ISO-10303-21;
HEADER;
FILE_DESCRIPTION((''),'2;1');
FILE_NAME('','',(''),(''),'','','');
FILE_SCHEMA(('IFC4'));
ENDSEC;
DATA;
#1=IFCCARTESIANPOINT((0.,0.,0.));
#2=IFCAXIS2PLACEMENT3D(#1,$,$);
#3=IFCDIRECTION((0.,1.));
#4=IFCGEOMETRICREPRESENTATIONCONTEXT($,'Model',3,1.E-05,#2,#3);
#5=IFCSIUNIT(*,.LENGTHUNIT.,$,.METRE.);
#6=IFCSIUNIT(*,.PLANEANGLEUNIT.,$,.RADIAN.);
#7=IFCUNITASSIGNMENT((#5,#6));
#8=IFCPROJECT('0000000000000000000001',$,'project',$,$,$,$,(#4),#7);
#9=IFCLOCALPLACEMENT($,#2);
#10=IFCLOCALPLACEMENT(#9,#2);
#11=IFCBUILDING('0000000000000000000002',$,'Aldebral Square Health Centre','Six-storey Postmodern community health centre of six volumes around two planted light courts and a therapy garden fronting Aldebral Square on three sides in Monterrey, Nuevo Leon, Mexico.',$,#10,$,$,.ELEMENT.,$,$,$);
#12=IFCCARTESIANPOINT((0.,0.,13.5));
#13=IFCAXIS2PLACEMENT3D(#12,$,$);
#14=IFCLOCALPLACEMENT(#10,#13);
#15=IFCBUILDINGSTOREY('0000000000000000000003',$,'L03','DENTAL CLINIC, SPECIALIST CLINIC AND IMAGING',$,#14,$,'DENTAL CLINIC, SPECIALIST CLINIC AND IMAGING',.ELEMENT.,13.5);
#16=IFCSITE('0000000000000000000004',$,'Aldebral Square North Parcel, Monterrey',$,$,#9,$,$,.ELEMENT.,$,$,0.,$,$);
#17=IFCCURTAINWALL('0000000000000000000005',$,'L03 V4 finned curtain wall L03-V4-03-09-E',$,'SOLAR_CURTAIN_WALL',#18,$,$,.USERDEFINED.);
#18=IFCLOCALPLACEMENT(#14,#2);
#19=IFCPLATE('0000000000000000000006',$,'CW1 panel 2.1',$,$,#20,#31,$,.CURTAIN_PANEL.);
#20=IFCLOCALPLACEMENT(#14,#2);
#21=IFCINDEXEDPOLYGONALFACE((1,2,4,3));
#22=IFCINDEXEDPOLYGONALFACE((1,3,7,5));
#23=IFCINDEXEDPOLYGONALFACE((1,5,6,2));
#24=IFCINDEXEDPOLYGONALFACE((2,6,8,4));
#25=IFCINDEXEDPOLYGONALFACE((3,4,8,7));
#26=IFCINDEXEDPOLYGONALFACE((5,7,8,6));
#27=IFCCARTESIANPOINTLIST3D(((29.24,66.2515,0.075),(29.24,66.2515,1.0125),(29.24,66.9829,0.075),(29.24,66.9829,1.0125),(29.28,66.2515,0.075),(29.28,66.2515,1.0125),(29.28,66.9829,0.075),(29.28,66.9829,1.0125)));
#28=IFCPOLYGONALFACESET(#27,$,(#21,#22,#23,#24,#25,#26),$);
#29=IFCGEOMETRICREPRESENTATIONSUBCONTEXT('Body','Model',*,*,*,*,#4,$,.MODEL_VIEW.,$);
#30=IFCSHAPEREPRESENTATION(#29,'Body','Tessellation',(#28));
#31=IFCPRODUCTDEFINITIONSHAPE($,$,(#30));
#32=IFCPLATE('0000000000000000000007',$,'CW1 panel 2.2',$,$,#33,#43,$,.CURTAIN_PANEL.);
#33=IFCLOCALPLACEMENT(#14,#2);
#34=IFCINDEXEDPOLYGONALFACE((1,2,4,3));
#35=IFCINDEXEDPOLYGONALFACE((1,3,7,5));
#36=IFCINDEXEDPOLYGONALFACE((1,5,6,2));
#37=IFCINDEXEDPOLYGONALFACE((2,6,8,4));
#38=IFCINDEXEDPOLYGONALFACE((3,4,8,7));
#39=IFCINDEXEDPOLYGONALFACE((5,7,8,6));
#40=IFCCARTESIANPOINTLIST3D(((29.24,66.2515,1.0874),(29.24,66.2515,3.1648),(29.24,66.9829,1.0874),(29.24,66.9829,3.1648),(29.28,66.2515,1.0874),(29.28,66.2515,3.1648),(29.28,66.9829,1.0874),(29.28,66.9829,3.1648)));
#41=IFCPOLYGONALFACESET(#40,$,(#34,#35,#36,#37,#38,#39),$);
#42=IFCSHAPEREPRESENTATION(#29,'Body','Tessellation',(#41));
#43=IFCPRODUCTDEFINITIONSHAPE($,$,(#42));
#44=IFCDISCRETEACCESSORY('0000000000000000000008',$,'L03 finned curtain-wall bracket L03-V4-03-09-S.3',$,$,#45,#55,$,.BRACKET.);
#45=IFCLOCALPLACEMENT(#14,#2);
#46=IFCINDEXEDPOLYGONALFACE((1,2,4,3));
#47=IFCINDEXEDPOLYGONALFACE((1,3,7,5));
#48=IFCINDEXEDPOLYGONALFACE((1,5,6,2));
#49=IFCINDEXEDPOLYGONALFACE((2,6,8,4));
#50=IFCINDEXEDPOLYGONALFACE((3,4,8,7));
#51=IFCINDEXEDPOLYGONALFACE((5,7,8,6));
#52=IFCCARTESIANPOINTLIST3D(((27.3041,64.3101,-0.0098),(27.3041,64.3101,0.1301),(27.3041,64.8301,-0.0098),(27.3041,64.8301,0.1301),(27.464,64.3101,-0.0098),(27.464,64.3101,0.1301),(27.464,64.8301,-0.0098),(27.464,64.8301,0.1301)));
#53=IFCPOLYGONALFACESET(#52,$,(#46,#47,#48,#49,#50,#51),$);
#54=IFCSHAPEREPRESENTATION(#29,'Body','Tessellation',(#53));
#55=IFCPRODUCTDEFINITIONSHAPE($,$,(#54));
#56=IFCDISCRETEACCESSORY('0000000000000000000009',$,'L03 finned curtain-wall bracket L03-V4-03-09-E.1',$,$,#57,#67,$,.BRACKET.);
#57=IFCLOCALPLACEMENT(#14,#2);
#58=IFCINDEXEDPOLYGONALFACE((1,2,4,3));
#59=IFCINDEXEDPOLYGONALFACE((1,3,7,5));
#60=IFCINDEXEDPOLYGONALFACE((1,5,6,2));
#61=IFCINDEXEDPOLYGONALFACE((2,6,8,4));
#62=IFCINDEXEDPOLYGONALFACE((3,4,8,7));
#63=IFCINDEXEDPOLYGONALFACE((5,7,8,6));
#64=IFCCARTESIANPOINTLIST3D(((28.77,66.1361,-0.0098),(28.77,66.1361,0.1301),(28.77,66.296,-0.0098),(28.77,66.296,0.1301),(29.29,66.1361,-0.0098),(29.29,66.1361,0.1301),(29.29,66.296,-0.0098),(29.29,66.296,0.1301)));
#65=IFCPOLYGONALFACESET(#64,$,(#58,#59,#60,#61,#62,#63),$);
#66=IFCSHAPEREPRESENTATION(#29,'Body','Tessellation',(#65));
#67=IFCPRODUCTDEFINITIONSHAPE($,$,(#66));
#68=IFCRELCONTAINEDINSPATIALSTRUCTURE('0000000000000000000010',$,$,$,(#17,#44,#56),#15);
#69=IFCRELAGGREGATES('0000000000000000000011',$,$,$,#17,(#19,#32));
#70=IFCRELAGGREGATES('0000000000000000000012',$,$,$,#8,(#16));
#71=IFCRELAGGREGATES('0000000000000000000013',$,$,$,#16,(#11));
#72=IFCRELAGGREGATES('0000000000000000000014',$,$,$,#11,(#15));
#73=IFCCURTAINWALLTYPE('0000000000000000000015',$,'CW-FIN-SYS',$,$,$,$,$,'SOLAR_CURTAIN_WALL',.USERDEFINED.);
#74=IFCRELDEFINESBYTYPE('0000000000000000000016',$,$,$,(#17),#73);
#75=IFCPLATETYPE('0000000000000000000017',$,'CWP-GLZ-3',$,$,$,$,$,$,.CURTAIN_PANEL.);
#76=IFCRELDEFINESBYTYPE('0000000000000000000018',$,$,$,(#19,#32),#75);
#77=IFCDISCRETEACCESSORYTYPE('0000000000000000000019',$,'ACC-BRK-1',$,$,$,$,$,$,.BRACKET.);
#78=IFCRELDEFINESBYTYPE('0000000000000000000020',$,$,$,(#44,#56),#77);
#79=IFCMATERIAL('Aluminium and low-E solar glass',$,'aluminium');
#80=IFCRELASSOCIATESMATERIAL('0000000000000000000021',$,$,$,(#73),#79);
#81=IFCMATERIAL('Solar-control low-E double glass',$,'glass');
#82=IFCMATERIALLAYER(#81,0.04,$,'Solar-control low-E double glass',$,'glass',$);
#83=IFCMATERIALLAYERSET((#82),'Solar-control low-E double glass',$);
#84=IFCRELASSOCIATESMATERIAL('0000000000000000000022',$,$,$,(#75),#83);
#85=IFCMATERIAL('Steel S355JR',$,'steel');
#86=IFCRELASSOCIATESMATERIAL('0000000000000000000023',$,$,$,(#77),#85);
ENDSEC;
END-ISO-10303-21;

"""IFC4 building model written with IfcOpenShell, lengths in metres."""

from ifc_helpers import new_model, si_unit, direction, frame, origin, origin_2d, place, context, subcontext, project, spatial, rectangle, extrude, material, layer, layer_set, type_object, element, aggregate, save


model = new_model("IFC4")

# Units and contexts
model_context = context("Model", 3, precision=1e-05, world=origin(), true_north=direction((0.0, 1.0)))
body_context = subcontext(model_context, "Body", "Model", "MODEL_VIEW")
ifc_project = project(units=[si_unit("LENGTHUNIT", "METRE"), si_unit("PLANEANGLEUNIT", "RADIAN")], contexts=[model_context])

# Site, building, storey
site_placement = place(None, origin())
site = spatial("IfcSite", under=ifc_project, at=site_placement, Name="Aldebral Square North Parcel, Monterrey", CompositionType="ELEMENT", RefElevation=0.0)
building_placement = place(site_placement, origin())
building = spatial("IfcBuilding", under=site, at=building_placement, Name="Aldebral Square Health Centre", Description="Six-storey Postmodern community health centre of six volumes around two planted light courts and a therapy garden fronting Aldebral Square on three sides in Monterrey, Nuevo Leon, Mexico.", CompositionType="ELEMENT")
storey_placement = place(building_placement, frame((0.0, 0.0, 13.5)))
storey = spatial("IfcBuildingStorey", under=building, at=storey_placement, Name="L03", Description="DENTAL CLINIC, SPECIALIST CLINIC AND IMAGING", LongName="DENTAL CLINIC, SPECIALIST CLINIC AND IMAGING", CompositionType="ELEMENT", Elevation=13.5)

# Curtain wall
ifc_material_1 = material(Name="Aluminium and low-E solar glass", Category="aluminium")
curtain_wall_type = type_object("IfcCurtainWallType", Name="CW-FIN-SYS", ElementType="SOLAR_CURTAIN_WALL", PredefinedType="USERDEFINED", material=ifc_material_1)
curtain_wall_1_placement = place(storey_placement, origin())
curtain_wall_1 = element("IfcCurtainWall", 1, at=curtain_wall_1_placement, inside=storey, type_object=curtain_wall_type, Name="L03 V4 finned curtain wall L03-V4-03-09-E", ObjectType="SOLAR_CURTAIN_WALL", PredefinedType="USERDEFINED")

# Plates
ifc_material_2 = material(Name="Solar-control low-E double glass", Category="glass")
ifc_layer_1 = layer(ifc_material_2, 0.04, Name="Solar-control low-E double glass", Category="glass")
ifc_layer_set_1 = layer_set([ifc_layer_1], Name="Solar-control low-E double glass")
plate_type_1 = type_object("IfcPlateType", Name="CWP-GLZ-3", PredefinedType="CURTAIN_PANEL", material=ifc_layer_set_1)
plate_1_placement = place(storey_placement, frame((29.26, 66.6172, 0.075), z_axis=(0.0, 0.0, 1.0), x_axis=(0.0, 1.0, 0.0)))
plate_1 = element("IfcPlate", 2, at=plate_1_placement, type_object=plate_type_1, Name="CW1 panel 2.1", PredefinedType="CURTAIN_PANEL", context=body_context, shape_type="SweptSolid", body=[
    extrude(rectangle(XDim=0.7314, YDim=0.04, at=origin_2d()), origin(), (0.0, 0.0, 1.0), 0.9375),
])
plate_2_placement = place(storey_placement, frame((29.26, 66.6172, 1.0874), z_axis=(0.0, 0.0, 1.0), x_axis=(0.0, 1.0, 0.0)))
plate_2 = element("IfcPlate", 3, at=plate_2_placement, type_object=plate_type_1, Name="CW1 panel 2.2", PredefinedType="CURTAIN_PANEL", context=body_context, shape_type="SweptSolid", body=[
    extrude(rectangle(XDim=0.7314, YDim=0.04, at=origin_2d()), origin(), (0.0, 0.0, 1.0), 2.0774),
])
aggregate(curtain_wall_1, [plate_1, plate_2])

# Discrete accessories
ifc_material_3 = material(Name="Steel S355JR", Category="steel")
discrete_accessory_type = type_object("IfcDiscreteAccessoryType", Name="ACC-BRK-1", PredefinedType="BRACKET", material=ifc_material_3)
for number, where, z_axis, x_axis, name in (
    (4, (27.384, 64.5701, -0.0098), (0.0, 0.0, 1.0), (1.0, 0.0, 0.0), "L03 finned curtain-wall bracket L03-V4-03-09-S.3"),
    (5, (29.03, 66.2161, -0.0098), (0.0, 0.0, 1.0), (0.0, 1.0, 0.0), "L03 finned curtain-wall bracket L03-V4-03-09-E.1"),
):
    element("IfcDiscreteAccessory", number, at=place(storey_placement, frame(where, z_axis=z_axis, x_axis=x_axis)), inside=storey, type_object=discrete_accessory_type, Name=name, PredefinedType="BRACKET", context=body_context, shape_type="SweptSolid", body=[
        extrude(rectangle(XDim=0.1599, YDim=0.52, at=origin_2d()), origin(), (0.0, 0.0, 1.0), 0.1399),
    ])

save(model, "model.ifc")
